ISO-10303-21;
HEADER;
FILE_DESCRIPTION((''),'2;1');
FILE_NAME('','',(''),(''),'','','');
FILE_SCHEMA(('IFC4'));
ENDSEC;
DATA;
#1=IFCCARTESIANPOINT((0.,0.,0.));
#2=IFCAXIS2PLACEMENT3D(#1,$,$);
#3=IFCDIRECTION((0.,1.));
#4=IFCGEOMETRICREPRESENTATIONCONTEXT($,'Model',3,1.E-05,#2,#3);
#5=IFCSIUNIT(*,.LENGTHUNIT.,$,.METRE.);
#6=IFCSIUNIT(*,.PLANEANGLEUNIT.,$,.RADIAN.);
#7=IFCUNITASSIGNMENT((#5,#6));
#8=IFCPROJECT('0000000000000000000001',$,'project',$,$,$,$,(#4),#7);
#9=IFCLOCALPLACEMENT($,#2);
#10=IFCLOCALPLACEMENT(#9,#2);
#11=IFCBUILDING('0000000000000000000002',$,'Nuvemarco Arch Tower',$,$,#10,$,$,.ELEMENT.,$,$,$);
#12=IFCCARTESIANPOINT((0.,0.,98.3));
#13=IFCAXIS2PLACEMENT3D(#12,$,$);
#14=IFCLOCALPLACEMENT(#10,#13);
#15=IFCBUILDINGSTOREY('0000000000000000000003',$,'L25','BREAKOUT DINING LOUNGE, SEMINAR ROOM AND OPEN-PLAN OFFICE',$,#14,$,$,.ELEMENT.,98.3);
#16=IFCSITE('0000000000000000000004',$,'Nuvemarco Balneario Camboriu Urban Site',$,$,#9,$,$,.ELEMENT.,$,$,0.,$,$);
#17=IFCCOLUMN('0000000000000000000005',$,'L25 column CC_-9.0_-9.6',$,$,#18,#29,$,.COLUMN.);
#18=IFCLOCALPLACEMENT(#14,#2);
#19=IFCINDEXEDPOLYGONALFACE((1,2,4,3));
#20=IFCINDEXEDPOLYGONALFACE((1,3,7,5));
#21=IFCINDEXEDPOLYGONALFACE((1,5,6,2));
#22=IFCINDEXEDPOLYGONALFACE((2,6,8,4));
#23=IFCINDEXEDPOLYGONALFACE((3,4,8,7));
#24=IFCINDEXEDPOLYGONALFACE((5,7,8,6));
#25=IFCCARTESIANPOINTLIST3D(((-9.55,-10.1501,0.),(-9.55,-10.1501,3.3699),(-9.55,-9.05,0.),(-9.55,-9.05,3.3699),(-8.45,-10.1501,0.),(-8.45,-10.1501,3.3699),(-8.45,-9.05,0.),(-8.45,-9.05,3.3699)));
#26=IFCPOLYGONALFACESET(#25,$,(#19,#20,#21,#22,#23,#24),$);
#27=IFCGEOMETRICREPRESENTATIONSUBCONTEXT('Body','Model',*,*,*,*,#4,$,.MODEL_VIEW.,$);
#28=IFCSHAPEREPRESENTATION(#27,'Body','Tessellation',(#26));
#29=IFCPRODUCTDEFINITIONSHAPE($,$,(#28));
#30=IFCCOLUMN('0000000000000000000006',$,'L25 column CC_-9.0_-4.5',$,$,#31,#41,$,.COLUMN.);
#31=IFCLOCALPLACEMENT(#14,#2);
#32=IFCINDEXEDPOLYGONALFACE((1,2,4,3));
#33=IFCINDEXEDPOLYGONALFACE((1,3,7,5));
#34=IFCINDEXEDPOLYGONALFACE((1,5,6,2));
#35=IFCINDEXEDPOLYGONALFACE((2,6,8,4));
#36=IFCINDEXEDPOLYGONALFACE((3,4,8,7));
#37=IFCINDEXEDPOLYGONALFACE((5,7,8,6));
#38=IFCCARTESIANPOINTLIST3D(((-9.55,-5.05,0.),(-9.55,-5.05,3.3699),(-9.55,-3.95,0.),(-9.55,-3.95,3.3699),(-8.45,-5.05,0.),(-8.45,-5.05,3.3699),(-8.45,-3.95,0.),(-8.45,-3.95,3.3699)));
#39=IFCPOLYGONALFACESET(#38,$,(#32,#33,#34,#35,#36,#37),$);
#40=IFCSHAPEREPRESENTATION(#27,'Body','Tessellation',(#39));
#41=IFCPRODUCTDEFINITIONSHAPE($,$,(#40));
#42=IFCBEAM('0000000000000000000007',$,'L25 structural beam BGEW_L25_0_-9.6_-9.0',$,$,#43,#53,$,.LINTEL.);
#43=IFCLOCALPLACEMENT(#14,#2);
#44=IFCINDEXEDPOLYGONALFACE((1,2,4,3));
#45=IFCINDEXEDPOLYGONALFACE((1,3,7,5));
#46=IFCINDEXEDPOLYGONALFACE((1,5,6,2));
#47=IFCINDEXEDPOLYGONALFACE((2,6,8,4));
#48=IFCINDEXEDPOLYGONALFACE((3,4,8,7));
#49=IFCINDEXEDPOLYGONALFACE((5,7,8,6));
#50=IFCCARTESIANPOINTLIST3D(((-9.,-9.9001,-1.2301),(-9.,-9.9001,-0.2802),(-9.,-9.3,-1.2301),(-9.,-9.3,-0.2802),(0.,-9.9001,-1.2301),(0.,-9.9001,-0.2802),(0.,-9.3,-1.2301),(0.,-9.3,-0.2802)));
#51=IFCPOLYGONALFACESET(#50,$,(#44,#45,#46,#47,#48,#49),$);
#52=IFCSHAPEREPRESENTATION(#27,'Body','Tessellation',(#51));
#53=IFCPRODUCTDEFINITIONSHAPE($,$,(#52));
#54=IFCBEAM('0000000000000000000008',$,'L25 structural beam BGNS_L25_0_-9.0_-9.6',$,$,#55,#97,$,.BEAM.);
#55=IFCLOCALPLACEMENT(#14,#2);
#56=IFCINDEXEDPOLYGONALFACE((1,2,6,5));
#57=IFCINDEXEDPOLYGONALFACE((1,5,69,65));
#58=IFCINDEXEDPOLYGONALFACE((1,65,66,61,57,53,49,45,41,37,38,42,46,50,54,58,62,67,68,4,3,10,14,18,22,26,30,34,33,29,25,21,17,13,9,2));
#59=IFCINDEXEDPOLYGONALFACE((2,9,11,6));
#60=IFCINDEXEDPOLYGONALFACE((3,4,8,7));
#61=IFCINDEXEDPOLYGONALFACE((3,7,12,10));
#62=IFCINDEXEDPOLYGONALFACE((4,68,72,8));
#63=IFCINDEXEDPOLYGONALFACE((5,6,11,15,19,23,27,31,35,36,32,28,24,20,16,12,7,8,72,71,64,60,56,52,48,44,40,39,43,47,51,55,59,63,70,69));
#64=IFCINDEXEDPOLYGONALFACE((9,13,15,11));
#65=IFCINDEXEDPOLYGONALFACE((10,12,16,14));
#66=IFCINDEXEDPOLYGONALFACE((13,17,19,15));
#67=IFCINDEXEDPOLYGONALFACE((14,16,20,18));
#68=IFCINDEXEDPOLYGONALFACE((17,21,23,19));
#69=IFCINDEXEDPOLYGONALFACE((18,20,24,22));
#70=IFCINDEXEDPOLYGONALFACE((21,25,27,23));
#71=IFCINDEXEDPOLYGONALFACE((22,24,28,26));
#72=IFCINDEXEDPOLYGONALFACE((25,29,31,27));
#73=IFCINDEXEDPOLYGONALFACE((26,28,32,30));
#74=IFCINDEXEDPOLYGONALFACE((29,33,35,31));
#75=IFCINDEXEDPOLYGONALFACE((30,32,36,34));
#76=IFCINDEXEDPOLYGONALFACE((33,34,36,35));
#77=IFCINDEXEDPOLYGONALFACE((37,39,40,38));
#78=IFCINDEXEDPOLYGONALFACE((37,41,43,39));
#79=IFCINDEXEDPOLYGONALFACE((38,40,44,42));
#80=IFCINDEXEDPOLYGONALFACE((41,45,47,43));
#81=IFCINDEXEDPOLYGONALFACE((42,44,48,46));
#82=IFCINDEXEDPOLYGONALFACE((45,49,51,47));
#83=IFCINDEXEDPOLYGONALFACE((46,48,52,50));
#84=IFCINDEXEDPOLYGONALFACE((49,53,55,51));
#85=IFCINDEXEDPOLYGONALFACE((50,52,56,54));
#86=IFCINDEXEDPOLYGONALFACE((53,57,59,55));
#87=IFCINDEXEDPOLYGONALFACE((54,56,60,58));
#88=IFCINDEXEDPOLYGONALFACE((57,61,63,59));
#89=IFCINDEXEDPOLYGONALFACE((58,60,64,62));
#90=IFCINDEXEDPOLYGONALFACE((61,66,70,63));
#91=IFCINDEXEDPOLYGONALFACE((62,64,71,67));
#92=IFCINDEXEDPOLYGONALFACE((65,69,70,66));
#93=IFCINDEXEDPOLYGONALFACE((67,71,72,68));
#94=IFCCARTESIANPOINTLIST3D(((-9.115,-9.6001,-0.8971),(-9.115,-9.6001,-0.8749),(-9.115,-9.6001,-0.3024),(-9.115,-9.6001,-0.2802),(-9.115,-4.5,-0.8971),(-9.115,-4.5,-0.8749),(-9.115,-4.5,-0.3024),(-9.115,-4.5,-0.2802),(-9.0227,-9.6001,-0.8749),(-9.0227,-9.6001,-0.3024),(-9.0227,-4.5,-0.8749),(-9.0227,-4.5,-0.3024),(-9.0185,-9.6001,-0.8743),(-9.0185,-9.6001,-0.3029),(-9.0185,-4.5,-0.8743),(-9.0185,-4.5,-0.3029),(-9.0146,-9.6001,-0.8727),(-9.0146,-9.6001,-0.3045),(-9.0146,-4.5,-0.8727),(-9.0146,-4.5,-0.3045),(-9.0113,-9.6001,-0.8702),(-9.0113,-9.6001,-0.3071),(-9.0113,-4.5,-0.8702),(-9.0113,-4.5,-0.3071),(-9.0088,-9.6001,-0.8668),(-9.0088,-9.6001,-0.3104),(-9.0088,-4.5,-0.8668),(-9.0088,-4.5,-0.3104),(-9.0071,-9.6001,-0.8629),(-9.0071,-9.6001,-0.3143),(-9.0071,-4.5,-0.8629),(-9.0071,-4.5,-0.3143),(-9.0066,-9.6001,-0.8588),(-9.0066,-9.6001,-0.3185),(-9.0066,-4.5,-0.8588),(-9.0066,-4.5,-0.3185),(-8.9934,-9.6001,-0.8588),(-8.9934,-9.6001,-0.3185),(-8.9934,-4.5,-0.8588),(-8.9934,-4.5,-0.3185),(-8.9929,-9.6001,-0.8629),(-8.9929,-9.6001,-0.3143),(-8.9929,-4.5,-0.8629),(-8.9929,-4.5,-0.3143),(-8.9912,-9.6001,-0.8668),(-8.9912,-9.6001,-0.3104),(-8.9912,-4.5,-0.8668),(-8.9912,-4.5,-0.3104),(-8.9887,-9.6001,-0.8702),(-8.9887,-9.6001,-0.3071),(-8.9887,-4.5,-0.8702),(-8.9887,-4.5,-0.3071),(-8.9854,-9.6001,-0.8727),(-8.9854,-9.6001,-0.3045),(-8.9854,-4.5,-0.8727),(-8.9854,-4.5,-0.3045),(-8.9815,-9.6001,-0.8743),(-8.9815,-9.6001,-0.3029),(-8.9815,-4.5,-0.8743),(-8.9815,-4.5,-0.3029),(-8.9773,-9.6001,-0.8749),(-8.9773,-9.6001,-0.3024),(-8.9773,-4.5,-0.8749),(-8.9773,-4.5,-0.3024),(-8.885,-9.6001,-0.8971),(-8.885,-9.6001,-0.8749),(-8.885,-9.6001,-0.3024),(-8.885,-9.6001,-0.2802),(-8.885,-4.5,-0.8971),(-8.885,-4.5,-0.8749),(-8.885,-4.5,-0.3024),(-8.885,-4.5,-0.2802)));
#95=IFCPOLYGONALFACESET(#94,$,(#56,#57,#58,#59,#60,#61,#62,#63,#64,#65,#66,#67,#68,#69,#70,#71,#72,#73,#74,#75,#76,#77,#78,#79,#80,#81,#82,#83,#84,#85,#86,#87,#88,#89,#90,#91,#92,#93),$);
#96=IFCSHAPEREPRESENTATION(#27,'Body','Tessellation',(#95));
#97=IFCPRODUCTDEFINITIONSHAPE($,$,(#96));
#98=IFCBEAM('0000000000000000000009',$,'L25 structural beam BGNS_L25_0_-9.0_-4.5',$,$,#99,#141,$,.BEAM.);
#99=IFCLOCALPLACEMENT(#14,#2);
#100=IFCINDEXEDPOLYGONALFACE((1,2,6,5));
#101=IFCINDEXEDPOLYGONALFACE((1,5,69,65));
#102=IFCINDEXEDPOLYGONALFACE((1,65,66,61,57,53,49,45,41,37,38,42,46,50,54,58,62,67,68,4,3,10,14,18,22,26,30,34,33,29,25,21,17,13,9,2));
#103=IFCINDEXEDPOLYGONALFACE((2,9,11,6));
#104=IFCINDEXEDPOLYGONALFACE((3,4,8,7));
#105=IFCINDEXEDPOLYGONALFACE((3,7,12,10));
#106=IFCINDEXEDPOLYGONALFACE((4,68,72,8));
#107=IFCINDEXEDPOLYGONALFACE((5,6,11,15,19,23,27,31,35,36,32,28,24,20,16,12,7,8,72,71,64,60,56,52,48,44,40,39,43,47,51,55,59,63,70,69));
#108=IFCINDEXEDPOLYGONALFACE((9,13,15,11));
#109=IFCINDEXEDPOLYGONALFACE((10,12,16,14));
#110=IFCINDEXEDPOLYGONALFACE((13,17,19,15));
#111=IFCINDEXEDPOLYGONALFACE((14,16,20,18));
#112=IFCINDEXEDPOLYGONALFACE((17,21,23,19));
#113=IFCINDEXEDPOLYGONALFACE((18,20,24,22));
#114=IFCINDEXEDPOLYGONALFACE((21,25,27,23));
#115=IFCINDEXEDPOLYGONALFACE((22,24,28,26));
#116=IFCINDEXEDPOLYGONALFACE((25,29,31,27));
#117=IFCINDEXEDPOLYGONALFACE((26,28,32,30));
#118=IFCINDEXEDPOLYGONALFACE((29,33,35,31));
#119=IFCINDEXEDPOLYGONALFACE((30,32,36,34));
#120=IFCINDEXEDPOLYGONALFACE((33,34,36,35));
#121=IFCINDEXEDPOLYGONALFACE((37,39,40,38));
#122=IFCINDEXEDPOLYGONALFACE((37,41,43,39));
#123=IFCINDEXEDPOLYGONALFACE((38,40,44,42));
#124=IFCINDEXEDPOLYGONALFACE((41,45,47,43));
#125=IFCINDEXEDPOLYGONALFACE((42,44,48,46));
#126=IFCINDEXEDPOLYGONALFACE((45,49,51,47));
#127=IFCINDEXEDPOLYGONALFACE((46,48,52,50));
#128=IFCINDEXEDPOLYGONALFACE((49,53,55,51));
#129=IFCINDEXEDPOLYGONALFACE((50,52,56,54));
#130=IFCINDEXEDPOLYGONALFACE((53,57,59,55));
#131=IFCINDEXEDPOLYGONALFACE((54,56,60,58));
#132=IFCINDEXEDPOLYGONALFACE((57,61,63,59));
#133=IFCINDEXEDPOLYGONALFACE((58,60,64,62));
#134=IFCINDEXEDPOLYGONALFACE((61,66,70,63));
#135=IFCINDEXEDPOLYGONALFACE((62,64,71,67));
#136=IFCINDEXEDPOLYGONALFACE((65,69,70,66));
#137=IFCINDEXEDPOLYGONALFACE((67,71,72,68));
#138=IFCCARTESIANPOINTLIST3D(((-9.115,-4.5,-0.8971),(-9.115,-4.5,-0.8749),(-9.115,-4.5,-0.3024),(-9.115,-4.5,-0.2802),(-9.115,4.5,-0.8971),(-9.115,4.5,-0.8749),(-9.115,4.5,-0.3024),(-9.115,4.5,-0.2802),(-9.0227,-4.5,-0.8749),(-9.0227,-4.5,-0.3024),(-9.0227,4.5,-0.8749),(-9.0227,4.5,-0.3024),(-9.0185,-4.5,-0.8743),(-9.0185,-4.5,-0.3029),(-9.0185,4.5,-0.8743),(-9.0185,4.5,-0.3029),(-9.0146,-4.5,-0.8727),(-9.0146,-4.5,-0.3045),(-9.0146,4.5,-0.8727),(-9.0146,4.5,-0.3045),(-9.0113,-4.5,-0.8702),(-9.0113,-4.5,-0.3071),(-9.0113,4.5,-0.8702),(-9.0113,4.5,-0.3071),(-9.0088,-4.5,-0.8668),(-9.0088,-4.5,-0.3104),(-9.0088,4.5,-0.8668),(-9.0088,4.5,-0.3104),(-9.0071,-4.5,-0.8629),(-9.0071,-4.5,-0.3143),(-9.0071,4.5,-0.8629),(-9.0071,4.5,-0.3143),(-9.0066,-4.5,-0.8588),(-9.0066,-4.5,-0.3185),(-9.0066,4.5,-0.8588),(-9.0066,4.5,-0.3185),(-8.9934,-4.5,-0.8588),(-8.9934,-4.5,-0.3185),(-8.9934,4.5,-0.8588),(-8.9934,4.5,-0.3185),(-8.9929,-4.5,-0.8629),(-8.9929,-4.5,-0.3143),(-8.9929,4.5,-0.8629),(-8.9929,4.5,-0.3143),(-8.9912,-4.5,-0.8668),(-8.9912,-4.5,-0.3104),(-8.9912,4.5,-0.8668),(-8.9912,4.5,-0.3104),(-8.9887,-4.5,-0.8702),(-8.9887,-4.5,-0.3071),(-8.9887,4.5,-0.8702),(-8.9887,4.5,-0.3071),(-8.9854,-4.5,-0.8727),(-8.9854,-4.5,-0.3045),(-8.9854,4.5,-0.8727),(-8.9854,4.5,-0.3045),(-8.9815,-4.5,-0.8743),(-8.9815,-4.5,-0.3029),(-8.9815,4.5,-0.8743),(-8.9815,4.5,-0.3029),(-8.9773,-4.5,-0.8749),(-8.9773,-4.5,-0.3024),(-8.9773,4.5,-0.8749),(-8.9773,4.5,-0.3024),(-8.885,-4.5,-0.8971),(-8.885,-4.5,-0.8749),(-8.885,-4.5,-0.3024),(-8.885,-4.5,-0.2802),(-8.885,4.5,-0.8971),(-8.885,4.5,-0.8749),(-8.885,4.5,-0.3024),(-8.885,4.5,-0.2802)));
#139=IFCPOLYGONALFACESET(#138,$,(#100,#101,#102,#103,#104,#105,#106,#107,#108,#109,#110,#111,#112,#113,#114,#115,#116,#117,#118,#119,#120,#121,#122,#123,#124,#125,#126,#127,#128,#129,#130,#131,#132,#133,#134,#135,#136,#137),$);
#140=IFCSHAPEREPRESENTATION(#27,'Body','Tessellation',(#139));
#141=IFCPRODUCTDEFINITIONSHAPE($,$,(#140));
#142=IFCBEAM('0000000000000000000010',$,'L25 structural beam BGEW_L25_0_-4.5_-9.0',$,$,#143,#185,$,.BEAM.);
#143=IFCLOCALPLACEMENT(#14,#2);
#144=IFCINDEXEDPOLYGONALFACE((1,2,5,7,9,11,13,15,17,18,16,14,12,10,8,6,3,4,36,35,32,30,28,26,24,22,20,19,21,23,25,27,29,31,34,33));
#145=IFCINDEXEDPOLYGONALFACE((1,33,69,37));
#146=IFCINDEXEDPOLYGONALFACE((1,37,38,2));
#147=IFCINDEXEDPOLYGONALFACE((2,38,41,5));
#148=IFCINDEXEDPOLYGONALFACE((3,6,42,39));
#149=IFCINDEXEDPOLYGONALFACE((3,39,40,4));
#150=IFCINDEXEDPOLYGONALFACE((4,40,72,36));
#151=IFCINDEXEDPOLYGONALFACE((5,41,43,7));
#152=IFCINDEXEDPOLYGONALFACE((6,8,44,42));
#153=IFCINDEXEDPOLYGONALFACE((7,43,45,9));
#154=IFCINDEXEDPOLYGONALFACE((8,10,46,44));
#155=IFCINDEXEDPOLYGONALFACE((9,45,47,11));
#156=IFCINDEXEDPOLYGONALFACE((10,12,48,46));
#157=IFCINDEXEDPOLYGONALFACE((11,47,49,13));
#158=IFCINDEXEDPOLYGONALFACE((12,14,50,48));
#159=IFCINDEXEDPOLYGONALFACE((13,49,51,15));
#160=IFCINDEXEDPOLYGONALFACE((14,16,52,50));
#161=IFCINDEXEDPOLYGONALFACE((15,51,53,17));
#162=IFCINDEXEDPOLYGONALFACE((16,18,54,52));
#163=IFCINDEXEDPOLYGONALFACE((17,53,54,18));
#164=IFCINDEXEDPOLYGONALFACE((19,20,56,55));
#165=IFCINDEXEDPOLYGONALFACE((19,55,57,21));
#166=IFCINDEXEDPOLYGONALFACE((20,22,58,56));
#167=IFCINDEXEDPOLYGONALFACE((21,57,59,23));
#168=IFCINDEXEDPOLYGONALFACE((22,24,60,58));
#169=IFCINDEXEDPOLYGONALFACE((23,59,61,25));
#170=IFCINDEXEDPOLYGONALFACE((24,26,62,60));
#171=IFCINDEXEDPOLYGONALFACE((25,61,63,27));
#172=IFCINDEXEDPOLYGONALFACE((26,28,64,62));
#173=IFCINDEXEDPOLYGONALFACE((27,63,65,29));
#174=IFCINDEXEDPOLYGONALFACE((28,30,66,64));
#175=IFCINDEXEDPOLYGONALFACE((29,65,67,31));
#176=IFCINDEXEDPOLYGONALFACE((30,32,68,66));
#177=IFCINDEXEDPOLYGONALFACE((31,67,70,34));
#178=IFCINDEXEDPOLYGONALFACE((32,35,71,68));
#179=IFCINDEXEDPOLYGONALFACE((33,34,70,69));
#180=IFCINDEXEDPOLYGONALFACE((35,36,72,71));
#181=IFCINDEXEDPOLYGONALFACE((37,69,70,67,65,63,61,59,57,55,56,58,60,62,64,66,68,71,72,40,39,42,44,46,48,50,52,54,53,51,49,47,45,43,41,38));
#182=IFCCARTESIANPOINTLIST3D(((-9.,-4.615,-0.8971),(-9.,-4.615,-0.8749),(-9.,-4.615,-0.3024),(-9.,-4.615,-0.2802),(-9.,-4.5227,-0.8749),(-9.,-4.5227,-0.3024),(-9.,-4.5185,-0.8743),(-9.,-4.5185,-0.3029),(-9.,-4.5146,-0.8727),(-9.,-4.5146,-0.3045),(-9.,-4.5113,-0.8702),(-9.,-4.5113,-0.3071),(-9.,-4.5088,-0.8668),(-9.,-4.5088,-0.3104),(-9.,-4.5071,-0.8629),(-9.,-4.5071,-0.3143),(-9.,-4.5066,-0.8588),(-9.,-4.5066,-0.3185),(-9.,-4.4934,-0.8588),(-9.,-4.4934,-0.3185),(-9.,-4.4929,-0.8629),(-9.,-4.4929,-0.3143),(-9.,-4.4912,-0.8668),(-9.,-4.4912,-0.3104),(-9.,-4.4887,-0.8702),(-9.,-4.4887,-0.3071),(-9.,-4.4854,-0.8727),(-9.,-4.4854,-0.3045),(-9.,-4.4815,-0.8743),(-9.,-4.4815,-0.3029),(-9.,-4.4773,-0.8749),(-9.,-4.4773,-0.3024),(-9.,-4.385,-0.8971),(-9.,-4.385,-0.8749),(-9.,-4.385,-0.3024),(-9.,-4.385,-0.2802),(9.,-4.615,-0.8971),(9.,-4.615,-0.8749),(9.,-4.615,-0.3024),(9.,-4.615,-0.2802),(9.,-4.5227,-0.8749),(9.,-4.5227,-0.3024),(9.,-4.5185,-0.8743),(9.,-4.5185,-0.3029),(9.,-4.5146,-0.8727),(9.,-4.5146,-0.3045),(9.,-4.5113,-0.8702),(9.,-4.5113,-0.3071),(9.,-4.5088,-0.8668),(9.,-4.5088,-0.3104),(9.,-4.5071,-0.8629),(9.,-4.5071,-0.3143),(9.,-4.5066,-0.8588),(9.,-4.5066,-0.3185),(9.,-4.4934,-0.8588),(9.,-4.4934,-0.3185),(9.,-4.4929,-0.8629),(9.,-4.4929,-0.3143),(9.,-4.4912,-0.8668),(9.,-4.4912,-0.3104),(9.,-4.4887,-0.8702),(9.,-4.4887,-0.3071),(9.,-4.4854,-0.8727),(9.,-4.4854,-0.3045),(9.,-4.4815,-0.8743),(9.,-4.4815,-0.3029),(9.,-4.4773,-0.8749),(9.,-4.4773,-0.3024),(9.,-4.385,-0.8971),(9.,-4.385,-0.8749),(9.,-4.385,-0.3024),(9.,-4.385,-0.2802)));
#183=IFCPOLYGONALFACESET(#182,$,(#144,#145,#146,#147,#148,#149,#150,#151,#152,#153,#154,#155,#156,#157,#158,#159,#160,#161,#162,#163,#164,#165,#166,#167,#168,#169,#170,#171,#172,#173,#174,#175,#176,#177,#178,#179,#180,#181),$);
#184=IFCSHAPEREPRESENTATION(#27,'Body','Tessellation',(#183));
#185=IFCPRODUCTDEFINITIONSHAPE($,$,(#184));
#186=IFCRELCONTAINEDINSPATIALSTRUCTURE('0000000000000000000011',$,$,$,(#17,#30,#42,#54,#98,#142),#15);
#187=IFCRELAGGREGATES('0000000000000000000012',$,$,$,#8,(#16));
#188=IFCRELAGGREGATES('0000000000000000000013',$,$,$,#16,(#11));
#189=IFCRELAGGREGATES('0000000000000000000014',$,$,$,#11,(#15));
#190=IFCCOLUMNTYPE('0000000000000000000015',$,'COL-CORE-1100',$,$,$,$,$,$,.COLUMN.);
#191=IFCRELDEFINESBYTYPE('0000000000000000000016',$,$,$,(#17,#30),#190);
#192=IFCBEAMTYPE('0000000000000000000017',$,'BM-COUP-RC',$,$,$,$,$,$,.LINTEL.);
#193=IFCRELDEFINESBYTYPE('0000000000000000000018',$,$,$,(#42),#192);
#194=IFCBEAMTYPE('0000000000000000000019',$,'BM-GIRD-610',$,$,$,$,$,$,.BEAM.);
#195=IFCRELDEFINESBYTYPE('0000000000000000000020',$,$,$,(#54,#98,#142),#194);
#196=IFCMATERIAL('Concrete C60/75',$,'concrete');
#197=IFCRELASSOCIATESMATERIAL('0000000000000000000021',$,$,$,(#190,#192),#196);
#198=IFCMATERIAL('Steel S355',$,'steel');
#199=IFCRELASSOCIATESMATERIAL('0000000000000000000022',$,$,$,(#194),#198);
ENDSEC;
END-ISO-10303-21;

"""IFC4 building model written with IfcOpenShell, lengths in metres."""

from ifc_helpers import new_model, si_unit, direction, frame, origin, origin_2d, place, context, subcontext, project, spatial, rectangle, i_section, extrude, material, material_profile, profile_set, type_object, element, save


model = new_model("IFC4")

# Units and contexts
model_context = context("Model", 3, precision=1e-05, world=origin(), true_north=direction((0.0, 1.0)))
body_context = subcontext(model_context, "Body", "Model", "MODEL_VIEW")
ifc_project = project(units=[si_unit("LENGTHUNIT", "METRE"), si_unit("PLANEANGLEUNIT", "RADIAN")], contexts=[model_context])

# Site, building, storey
site_placement = place(None, origin())
site = spatial("IfcSite", under=ifc_project, at=site_placement, Name="Nuvemarco Balneario Camboriu Urban Site", CompositionType="ELEMENT", RefElevation=0.0)
building_placement = place(site_placement, origin())
building = spatial("IfcBuilding", under=site, at=building_placement, Name="Nuvemarco Arch Tower", CompositionType="ELEMENT")
storey_placement = place(building_placement, frame((0.0, 0.0, 98.3)))
storey = spatial("IfcBuildingStorey", under=building, at=storey_placement, Name="L25", Description="BREAKOUT DINING LOUNGE, SEMINAR ROOM AND OPEN-PLAN OFFICE", CompositionType="ELEMENT", Elevation=98.3)

# Columns
ifc_material_1 = material(Name="Concrete C60/75", Category="concrete")
ifc_material_profile_1 = material_profile(ifc_material_1, rectangle(XDim=1.1001, YDim=1.1001, at=origin_2d()), Name="RC-COL-1100x1100")
ifc_profile_set_1 = profile_set([ifc_material_profile_1], Name="Concrete C60/75")
column_type = type_object("IfcColumnType", Name="COL-CORE-1100", PredefinedType="COLUMN", material=ifc_profile_set_1)
for number, where, z_axis, x_axis, name in (
    (1, (-9.0, -9.6001, 0.0), (0.0, 0.0, 1.0), (1.0, 0.0, 0.0), "L25 column CC_-9.0_-9.6"),
    (2, (-9.0, -4.5, 0.0), (0.0, 0.0, 1.0), (1.0, 0.0, 0.0), "L25 column CC_-9.0_-4.5"),
):
    element("IfcColumn", number, at=place(storey_placement, frame(where, z_axis=z_axis, x_axis=x_axis)), inside=storey, type_object=column_type, Name=name, PredefinedType="COLUMN", context=body_context, shape_type="SweptSolid", body=[
        extrude(rectangle(XDim=1.1001, YDim=1.1001, at=origin_2d()), origin(), (0.0, 0.0, 1.0), 3.3699),
    ])

# Beams
ifc_material_profile_2 = material_profile(ifc_material_1, rectangle(XDim=0.6001, YDim=0.95, at=origin_2d()), Name="RC-BM-600x950")
ifc_profile_set_2 = profile_set([ifc_material_profile_2], Name="Concrete C60/75")
beam_type_1 = type_object("IfcBeamType", Name="BM-COUP-RC", PredefinedType="LINTEL", material=ifc_profile_set_2)
beam_1_placement = place(storey_placement, frame((-9.0, -9.6001, -0.7551), z_axis=(1.0, 0.0, 0.0), x_axis=(0.0, 1.0, 0.0)))
element("IfcBeam", 3, at=beam_1_placement, inside=storey, type_object=beam_type_1, Name="L25 structural beam BGEW_L25_0_-9.6_-9.0", PredefinedType="LINTEL", context=body_context, shape_type="SweptSolid", body=[
    extrude(rectangle(XDim=0.6001, YDim=0.95, at=origin_2d()), origin(), (0.0, 0.0, 1.0), 9.0),
])
ifc_material_2 = material(Name="Steel S355", Category="steel")
ifc_material_profile_3 = material_profile(ifc_material_2, i_section(OverallWidth=0.23, OverallDepth=0.6169, WebThickness=0.0132, FlangeThickness=0.0222, FilletRadius=0.0161, at=origin_2d()), Name="W610x140")
ifc_profile_set_3 = profile_set([ifc_material_profile_3], Name="Steel S355")
beam_type_2 = type_object("IfcBeamType", Name="BM-GIRD-610", PredefinedType="BEAM", material=ifc_profile_set_3)
beam_2_placement = place(storey_placement, frame((-9.0, -9.6001, -0.5886), z_axis=(0.0, 1.0, 0.0), x_axis=(-1.0, 0.0, 0.0)))
element("IfcBeam", 4, at=beam_2_placement, inside=storey, type_object=beam_type_2, Name="L25 structural beam BGNS_L25_0_-9.0_-9.6", PredefinedType="BEAM", context=body_context, shape_type="SweptSolid", body=[
    extrude(i_section(OverallWidth=0.23, OverallDepth=0.6169, WebThickness=0.0132, FlangeThickness=0.0222, FilletRadius=0.0161, at=origin_2d()), origin(), (0.0, 0.0, 1.0), 5.1001),
])
beam_3_placement = place(storey_placement, frame((-9.0, -4.5, -0.5886), z_axis=(0.0, 1.0, 0.0), x_axis=(-1.0, 0.0, 0.0)))
element("IfcBeam", 5, at=beam_3_placement, inside=storey, type_object=beam_type_2, Name="L25 structural beam BGNS_L25_0_-9.0_-4.5", PredefinedType="BEAM", context=body_context, shape_type="SweptSolid", body=[
    extrude(i_section(OverallWidth=0.23, OverallDepth=0.6169, WebThickness=0.0132, FlangeThickness=0.0222, FilletRadius=0.0161, at=origin_2d()), origin(), (0.0, 0.0, 1.0), 9.0),
])
beam_4_placement = place(storey_placement, frame((-9.0, -4.5, -0.5886), z_axis=(1.0, 0.0, 0.0), x_axis=(0.0, 1.0, 0.0)))
element("IfcBeam", 6, at=beam_4_placement, inside=storey, type_object=beam_type_2, Name="L25 structural beam BGEW_L25_0_-4.5_-9.0", PredefinedType="BEAM", context=body_context, shape_type="SweptSolid", body=[
    extrude(i_section(OverallWidth=0.23, OverallDepth=0.6169, WebThickness=0.0132, FlangeThickness=0.0222, FilletRadius=0.0161, at=origin_2d()), origin(), (0.0, 0.0, 1.0), 18.0),
])

save(model, "model.ifc")
